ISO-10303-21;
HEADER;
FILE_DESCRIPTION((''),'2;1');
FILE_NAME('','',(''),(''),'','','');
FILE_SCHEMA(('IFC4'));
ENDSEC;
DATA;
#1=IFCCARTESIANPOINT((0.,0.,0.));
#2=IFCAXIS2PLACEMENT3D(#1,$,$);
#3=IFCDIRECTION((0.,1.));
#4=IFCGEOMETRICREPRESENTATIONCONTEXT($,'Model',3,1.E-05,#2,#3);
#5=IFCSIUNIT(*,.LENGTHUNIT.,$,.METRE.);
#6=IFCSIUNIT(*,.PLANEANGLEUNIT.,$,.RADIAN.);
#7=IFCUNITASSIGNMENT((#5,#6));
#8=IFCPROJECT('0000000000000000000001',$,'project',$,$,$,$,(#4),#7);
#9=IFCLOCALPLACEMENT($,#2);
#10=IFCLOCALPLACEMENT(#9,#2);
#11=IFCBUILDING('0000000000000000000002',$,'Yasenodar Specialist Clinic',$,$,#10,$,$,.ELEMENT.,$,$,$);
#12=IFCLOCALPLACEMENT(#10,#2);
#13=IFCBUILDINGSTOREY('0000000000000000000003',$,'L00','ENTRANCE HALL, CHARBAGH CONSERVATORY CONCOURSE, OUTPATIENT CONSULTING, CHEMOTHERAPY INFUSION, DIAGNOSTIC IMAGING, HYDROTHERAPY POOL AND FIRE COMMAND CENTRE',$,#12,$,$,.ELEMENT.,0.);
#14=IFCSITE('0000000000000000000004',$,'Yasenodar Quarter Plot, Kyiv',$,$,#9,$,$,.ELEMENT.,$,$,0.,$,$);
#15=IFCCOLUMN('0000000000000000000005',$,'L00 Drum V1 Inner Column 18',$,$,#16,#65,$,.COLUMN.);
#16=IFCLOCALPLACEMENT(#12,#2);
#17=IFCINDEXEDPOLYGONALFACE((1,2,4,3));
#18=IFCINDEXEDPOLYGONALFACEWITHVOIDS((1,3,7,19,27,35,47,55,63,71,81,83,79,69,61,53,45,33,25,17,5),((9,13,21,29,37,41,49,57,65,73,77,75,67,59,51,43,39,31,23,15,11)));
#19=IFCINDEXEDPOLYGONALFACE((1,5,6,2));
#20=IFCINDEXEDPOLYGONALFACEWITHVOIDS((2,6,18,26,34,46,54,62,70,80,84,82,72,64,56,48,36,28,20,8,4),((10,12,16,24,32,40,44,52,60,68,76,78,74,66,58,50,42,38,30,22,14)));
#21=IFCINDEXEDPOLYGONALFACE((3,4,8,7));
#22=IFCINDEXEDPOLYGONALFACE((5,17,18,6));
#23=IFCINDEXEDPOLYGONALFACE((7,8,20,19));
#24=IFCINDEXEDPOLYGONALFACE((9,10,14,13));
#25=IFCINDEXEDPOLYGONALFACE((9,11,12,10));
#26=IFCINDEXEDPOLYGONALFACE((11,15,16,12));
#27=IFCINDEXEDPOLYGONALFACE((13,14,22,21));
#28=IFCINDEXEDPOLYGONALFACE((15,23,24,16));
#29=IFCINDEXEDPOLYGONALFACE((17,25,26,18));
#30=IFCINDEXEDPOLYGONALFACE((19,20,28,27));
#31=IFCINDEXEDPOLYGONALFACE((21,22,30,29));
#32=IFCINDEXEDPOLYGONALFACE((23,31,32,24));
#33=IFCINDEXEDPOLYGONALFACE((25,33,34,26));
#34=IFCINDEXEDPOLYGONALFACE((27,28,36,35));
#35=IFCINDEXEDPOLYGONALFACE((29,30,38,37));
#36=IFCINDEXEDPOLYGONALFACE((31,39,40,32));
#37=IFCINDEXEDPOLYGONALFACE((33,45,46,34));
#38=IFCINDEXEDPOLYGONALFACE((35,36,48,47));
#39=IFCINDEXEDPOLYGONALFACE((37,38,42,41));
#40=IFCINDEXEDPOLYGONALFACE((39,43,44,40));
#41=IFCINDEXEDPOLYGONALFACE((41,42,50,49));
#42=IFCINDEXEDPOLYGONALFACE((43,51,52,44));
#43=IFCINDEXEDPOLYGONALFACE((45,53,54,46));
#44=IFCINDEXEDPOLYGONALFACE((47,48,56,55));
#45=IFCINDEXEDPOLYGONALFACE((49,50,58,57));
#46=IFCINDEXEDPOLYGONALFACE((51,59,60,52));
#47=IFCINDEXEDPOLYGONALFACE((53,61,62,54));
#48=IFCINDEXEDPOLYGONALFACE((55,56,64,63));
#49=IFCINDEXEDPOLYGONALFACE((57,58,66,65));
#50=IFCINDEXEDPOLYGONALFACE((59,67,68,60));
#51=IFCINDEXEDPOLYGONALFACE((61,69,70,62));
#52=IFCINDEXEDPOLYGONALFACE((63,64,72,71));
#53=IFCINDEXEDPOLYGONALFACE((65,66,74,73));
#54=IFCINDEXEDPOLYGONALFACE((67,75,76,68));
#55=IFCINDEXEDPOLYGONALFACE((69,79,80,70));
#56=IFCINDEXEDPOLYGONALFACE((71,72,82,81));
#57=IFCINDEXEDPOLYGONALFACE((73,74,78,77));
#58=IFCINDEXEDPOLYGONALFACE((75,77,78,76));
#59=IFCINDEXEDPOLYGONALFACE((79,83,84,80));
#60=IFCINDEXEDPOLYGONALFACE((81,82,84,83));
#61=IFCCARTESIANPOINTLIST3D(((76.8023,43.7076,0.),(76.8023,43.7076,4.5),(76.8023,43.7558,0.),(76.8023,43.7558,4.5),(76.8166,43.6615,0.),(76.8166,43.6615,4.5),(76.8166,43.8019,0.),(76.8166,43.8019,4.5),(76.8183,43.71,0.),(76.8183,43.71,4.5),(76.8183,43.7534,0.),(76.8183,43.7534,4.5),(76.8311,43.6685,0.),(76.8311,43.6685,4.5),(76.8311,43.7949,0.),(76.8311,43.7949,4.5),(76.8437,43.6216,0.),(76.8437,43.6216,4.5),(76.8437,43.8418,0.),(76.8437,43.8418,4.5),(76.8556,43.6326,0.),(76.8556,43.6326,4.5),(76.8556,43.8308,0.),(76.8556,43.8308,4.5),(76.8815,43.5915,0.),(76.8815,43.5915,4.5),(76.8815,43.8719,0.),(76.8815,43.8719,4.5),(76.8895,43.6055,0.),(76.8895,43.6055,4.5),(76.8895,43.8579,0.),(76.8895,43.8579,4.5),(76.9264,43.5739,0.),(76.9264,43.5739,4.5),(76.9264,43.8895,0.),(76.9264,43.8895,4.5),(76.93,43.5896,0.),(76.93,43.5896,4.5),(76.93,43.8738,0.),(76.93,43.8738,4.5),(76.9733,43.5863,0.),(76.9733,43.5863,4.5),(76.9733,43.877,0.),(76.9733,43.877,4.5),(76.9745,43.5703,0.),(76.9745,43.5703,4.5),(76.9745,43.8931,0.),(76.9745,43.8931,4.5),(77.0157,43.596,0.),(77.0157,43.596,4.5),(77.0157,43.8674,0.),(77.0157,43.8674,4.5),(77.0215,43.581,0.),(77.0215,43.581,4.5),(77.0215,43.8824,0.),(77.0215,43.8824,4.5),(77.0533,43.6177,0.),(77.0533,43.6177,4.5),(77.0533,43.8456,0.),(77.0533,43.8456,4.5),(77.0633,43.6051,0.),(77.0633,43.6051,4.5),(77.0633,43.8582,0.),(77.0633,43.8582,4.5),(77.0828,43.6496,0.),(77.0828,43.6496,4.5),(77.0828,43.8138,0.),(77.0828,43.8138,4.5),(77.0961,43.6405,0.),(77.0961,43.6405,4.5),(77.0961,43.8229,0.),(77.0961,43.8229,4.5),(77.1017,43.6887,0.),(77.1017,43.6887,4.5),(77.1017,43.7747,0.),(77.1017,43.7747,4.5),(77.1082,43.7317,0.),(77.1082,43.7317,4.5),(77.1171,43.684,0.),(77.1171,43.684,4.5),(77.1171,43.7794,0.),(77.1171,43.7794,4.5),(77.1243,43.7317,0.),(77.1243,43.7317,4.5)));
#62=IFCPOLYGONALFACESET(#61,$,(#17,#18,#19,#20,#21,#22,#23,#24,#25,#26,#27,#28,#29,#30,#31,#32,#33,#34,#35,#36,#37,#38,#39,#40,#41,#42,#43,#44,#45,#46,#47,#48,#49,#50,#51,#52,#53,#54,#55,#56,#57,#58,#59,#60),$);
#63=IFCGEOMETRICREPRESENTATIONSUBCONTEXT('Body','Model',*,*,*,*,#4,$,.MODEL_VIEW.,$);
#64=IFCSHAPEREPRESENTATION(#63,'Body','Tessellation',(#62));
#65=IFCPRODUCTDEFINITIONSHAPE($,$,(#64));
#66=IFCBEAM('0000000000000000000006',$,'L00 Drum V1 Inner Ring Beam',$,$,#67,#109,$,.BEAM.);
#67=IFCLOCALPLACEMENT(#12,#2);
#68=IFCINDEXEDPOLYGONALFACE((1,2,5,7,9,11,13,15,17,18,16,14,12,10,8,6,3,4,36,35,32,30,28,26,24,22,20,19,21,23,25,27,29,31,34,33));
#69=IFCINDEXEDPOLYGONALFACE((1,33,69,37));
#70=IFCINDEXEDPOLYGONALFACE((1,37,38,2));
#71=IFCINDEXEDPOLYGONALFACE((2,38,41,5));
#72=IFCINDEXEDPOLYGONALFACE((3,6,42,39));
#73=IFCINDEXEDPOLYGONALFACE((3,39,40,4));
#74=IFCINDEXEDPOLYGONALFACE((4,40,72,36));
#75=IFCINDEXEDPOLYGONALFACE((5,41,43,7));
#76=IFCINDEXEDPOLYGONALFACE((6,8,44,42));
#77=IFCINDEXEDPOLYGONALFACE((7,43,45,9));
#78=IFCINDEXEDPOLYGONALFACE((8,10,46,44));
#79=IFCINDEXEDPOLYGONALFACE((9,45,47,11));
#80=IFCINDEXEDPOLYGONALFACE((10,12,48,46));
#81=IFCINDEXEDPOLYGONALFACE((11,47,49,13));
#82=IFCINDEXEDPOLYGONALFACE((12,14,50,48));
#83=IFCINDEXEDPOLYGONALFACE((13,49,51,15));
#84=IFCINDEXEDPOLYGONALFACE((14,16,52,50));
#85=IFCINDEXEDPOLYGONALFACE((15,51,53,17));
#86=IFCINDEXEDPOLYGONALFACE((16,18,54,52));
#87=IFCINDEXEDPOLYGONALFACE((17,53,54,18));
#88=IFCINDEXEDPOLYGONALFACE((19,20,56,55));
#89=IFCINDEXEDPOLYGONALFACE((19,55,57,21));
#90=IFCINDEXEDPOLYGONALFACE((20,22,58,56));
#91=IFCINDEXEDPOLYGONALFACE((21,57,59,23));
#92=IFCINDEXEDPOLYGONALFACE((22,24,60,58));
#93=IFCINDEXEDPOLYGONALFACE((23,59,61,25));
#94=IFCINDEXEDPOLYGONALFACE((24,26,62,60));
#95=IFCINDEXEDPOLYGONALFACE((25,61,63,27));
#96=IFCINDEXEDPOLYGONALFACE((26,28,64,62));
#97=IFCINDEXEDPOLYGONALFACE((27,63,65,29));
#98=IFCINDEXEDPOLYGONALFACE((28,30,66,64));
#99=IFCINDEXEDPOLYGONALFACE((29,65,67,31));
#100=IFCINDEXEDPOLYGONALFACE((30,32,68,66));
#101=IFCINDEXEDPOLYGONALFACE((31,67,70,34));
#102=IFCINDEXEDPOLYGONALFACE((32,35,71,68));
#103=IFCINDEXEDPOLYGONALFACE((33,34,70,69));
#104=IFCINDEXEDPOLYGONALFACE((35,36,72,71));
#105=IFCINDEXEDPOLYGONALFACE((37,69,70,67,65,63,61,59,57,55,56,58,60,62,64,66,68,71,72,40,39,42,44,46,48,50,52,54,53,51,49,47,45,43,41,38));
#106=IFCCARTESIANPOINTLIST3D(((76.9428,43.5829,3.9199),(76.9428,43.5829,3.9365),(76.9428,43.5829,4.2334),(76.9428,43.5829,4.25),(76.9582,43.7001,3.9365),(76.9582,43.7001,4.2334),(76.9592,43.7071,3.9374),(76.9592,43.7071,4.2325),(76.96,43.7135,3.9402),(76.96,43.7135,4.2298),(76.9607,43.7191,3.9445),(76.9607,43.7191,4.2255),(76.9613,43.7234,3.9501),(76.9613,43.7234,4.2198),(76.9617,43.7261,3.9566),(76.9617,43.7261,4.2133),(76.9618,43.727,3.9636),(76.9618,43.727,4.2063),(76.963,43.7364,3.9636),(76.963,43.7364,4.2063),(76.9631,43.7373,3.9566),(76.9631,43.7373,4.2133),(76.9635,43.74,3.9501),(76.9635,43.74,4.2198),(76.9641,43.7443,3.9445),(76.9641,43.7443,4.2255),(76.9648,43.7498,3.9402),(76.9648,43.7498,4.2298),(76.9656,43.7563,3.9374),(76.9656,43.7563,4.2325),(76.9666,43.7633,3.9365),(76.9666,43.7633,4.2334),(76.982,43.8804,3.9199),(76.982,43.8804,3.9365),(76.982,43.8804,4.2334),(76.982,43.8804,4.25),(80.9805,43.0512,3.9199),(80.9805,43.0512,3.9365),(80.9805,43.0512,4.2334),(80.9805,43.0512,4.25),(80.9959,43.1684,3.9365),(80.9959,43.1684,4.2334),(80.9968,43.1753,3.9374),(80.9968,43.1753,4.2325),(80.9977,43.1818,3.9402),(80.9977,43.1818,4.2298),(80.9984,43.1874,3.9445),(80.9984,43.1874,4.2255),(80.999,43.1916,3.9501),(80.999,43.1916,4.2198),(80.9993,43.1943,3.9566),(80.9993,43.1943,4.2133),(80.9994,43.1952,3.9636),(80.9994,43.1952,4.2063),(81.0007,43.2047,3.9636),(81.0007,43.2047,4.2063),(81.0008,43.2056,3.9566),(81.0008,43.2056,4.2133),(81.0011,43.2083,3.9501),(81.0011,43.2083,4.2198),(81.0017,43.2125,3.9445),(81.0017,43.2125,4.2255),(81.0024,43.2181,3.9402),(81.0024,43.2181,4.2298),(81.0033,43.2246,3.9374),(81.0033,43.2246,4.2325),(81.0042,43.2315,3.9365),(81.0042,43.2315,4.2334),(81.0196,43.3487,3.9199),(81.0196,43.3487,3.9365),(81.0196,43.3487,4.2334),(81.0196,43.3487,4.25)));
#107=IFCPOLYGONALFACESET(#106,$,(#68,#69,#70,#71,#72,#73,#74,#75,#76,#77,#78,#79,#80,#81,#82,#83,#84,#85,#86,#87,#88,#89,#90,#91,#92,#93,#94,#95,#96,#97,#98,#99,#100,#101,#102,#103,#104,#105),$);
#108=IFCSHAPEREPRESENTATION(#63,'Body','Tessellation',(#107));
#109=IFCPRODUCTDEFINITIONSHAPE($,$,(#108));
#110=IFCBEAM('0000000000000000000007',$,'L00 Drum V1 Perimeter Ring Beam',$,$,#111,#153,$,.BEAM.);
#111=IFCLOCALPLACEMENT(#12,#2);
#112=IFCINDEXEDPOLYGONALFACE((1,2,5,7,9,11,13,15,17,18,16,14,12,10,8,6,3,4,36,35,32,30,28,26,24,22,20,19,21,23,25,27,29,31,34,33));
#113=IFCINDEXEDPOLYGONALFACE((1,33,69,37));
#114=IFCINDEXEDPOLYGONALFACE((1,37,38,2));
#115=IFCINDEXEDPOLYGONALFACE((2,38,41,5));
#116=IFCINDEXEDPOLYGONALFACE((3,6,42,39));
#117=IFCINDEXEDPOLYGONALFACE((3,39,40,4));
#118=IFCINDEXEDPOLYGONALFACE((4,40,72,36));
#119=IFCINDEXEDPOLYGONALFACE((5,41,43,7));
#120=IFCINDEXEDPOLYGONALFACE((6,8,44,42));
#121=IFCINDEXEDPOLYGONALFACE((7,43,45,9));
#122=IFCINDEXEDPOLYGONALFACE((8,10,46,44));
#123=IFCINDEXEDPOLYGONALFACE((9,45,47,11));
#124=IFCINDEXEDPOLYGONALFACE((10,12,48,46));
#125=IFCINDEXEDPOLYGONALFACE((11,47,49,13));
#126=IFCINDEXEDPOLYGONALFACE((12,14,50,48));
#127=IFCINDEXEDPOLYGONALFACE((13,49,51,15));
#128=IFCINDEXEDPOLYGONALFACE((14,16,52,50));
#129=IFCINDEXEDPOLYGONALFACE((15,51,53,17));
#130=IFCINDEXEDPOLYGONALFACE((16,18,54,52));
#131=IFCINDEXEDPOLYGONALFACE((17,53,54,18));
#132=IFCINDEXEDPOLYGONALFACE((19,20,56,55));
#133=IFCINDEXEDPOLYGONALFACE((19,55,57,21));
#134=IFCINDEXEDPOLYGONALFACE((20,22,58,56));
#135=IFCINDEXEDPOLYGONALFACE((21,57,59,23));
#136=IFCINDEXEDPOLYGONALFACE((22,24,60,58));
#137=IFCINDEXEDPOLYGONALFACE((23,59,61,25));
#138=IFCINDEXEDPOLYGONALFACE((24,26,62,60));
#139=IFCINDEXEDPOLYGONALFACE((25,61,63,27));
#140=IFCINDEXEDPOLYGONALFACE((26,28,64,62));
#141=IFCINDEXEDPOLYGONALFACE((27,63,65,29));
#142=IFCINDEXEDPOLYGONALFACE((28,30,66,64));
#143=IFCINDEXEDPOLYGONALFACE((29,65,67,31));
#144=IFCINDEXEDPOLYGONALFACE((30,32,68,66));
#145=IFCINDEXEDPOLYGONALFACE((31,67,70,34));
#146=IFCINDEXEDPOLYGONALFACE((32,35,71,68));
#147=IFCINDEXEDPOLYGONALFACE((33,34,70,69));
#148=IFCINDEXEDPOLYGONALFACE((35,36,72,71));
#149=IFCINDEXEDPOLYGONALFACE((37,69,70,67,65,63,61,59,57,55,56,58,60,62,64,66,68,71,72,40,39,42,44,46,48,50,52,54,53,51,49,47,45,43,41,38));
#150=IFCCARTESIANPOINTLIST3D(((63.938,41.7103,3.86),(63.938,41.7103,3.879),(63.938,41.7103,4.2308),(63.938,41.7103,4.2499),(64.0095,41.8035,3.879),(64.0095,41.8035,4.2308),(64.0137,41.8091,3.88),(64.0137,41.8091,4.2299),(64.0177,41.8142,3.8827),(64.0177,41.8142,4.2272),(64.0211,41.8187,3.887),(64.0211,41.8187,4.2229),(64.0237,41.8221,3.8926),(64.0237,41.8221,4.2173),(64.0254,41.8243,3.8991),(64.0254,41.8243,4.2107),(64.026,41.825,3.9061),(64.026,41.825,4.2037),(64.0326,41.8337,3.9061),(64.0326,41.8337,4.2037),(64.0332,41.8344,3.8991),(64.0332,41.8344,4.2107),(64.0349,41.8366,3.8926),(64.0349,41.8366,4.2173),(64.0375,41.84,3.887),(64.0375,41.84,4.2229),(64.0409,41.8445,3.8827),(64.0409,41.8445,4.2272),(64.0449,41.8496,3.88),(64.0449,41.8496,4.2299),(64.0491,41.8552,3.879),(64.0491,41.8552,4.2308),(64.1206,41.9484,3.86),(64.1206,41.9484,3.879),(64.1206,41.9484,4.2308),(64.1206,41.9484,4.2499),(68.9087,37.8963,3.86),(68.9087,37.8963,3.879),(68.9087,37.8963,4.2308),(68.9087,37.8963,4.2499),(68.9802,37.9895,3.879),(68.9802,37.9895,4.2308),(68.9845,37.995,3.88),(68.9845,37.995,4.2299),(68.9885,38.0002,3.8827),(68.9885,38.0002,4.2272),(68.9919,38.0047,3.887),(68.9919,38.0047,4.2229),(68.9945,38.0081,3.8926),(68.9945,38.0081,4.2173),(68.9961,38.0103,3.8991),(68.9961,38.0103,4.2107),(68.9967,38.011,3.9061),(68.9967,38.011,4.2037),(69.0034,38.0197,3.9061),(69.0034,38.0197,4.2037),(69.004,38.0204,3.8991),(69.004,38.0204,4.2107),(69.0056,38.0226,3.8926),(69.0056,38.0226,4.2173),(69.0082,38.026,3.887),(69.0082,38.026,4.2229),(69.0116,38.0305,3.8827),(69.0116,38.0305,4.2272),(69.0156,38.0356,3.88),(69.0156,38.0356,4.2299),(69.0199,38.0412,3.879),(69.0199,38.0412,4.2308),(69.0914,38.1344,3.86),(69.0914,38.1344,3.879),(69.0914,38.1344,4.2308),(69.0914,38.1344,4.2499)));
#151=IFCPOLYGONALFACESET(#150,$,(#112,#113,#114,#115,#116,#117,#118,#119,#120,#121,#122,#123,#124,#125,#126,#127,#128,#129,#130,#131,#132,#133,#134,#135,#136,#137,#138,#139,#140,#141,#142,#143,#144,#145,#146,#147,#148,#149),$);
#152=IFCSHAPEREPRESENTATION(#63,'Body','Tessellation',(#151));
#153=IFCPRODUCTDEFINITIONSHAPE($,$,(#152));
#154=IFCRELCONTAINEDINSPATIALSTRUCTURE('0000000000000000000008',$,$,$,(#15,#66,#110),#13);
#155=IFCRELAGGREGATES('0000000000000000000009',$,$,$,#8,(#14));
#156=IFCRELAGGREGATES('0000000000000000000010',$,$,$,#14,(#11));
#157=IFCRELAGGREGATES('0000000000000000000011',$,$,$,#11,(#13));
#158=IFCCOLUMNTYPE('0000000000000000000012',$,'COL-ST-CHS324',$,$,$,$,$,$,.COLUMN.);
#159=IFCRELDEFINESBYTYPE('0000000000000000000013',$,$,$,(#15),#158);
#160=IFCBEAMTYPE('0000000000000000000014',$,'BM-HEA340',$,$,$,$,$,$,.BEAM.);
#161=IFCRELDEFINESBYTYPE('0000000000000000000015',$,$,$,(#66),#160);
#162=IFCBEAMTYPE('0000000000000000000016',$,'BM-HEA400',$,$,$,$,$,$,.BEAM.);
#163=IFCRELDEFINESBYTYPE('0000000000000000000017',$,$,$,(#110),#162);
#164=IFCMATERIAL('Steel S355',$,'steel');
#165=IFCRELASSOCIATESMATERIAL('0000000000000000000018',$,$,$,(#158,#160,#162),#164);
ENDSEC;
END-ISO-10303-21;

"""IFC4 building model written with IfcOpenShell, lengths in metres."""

from ifc_helpers import new_model, si_unit, direction, frame, origin, origin_2d, place, context, subcontext, project, spatial, hollow_circle, i_section, extrude, material, material_profile, profile_set, type_object, element, save


model = new_model("IFC4")

# Units and contexts
model_context = context("Model", 3, precision=1e-05, world=origin(), true_north=direction((0.0, 1.0)))
body_context = subcontext(model_context, "Body", "Model", "MODEL_VIEW")
ifc_project = project(units=[si_unit("LENGTHUNIT", "METRE"), si_unit("PLANEANGLEUNIT", "RADIAN")], contexts=[model_context])

# Site, building, storey
site_placement = place(None, origin())
site = spatial("IfcSite", under=ifc_project, at=site_placement, Name="Yasenodar Quarter Plot, Kyiv", CompositionType="ELEMENT", RefElevation=0.0)
building_placement = place(site_placement, origin())
building = spatial("IfcBuilding", under=site, at=building_placement, Name="Yasenodar Specialist Clinic", CompositionType="ELEMENT")
storey_placement = place(building_placement, origin())
storey = spatial("IfcBuildingStorey", under=building, at=storey_placement, Name="L00", Description="ENTRANCE HALL, CHARBAGH CONSERVATORY CONCOURSE, OUTPATIENT CONSULTING, CHEMOTHERAPY INFUSION, DIAGNOSTIC IMAGING, HYDROTHERAPY POOL AND FIRE COMMAND CENTRE", CompositionType="ELEMENT", Elevation=0.0)

# Column
ifc_material_1 = material(Name="Steel S355", Category="steel")
ifc_material_profile_1 = material_profile(ifc_material_1, hollow_circle(Radius=0.1619, WallThickness=0.0161, at=origin_2d()), Name="CHS 323.9x16")
ifc_profile_set_1 = profile_set([ifc_material_profile_1], Name="Steel S355")
column_type = type_object("IfcColumnType", Name="COL-ST-CHS324", PredefinedType="COLUMN", material=ifc_profile_set_1)
column_placement = place(storey_placement, frame((76.9624, 43.7317, 0.0), z_axis=(0.0, 0.0, 1.0), x_axis=(1.0, 0.0, 0.0)))
element("IfcColumn", 1, at=column_placement, inside=storey, type_object=column_type, Name="L00 Drum V1 Inner Column 18", PredefinedType="COLUMN", context=body_context, shape_type="SweptSolid", body=[
    extrude(hollow_circle(Radius=0.1619, WallThickness=0.0161, at=origin_2d()), origin(), (0.0, 0.0, 1.0), 4.5),
])

# Beams
ifc_material_profile_2 = material_profile(ifc_material_1, i_section(OverallWidth=0.3, OverallDepth=0.3301, WebThickness=0.0095, FlangeThickness=0.0166, FilletRadius=0.0271, at=origin_2d()), Name="HEA 340")
ifc_profile_set_2 = profile_set([ifc_material_profile_2], Name="Steel S355")
beam_type_1 = type_object("IfcBeamType", Name="BM-HEA340", PredefinedType="BEAM", material=ifc_profile_set_2)
beam_1_placement = place(storey_placement, frame((76.9624, 43.7317, 4.085), z_axis=(0.991439, -0.130569, 0.0), x_axis=(0.130569, 0.991439, 0.0)))
element("IfcBeam", 2, at=beam_1_placement, inside=storey, type_object=beam_type_1, Name="L00 Drum V1 Inner Ring Beam", PredefinedType="BEAM", context=body_context, shape_type="SweptSolid", body=[
    extrude(i_section(OverallWidth=0.3, OverallDepth=0.3301, WebThickness=0.0095, FlangeThickness=0.0166, FilletRadius=0.0271, at=origin_2d()), origin(), (0.0, 0.0, 1.0), 4.0725),
])
ifc_material_profile_3 = material_profile(ifc_material_1, i_section(OverallWidth=0.3, OverallDepth=0.3899, WebThickness=0.011, FlangeThickness=0.019, FilletRadius=0.0271, at=origin_2d()), Name="HEA 400")
ifc_profile_set_3 = profile_set([ifc_material_profile_3], Name="Steel S355")
beam_type_2 = type_object("IfcBeamType", Name="BM-HEA400", PredefinedType="BEAM", material=ifc_profile_set_3)
beam_2_placement = place(storey_placement, frame((64.0293, 41.8293, 4.0549), z_axis=(0.793368, -0.608742, 0.0), x_axis=(0.608742, 0.793368, 0.0)))
element("IfcBeam", 3, at=beam_2_placement, inside=storey, type_object=beam_type_2, Name="L00 Drum V1 Perimeter Ring Beam", PredefinedType="BEAM", context=body_context, shape_type="SweptSolid", body=[
    extrude(i_section(OverallWidth=0.3, OverallDepth=0.3899, WebThickness=0.011, FlangeThickness=0.019, FilletRadius=0.0271, at=origin_2d()), origin(), (0.0, 0.0, 1.0), 6.2654),
])

save(model, "model.ifc")
